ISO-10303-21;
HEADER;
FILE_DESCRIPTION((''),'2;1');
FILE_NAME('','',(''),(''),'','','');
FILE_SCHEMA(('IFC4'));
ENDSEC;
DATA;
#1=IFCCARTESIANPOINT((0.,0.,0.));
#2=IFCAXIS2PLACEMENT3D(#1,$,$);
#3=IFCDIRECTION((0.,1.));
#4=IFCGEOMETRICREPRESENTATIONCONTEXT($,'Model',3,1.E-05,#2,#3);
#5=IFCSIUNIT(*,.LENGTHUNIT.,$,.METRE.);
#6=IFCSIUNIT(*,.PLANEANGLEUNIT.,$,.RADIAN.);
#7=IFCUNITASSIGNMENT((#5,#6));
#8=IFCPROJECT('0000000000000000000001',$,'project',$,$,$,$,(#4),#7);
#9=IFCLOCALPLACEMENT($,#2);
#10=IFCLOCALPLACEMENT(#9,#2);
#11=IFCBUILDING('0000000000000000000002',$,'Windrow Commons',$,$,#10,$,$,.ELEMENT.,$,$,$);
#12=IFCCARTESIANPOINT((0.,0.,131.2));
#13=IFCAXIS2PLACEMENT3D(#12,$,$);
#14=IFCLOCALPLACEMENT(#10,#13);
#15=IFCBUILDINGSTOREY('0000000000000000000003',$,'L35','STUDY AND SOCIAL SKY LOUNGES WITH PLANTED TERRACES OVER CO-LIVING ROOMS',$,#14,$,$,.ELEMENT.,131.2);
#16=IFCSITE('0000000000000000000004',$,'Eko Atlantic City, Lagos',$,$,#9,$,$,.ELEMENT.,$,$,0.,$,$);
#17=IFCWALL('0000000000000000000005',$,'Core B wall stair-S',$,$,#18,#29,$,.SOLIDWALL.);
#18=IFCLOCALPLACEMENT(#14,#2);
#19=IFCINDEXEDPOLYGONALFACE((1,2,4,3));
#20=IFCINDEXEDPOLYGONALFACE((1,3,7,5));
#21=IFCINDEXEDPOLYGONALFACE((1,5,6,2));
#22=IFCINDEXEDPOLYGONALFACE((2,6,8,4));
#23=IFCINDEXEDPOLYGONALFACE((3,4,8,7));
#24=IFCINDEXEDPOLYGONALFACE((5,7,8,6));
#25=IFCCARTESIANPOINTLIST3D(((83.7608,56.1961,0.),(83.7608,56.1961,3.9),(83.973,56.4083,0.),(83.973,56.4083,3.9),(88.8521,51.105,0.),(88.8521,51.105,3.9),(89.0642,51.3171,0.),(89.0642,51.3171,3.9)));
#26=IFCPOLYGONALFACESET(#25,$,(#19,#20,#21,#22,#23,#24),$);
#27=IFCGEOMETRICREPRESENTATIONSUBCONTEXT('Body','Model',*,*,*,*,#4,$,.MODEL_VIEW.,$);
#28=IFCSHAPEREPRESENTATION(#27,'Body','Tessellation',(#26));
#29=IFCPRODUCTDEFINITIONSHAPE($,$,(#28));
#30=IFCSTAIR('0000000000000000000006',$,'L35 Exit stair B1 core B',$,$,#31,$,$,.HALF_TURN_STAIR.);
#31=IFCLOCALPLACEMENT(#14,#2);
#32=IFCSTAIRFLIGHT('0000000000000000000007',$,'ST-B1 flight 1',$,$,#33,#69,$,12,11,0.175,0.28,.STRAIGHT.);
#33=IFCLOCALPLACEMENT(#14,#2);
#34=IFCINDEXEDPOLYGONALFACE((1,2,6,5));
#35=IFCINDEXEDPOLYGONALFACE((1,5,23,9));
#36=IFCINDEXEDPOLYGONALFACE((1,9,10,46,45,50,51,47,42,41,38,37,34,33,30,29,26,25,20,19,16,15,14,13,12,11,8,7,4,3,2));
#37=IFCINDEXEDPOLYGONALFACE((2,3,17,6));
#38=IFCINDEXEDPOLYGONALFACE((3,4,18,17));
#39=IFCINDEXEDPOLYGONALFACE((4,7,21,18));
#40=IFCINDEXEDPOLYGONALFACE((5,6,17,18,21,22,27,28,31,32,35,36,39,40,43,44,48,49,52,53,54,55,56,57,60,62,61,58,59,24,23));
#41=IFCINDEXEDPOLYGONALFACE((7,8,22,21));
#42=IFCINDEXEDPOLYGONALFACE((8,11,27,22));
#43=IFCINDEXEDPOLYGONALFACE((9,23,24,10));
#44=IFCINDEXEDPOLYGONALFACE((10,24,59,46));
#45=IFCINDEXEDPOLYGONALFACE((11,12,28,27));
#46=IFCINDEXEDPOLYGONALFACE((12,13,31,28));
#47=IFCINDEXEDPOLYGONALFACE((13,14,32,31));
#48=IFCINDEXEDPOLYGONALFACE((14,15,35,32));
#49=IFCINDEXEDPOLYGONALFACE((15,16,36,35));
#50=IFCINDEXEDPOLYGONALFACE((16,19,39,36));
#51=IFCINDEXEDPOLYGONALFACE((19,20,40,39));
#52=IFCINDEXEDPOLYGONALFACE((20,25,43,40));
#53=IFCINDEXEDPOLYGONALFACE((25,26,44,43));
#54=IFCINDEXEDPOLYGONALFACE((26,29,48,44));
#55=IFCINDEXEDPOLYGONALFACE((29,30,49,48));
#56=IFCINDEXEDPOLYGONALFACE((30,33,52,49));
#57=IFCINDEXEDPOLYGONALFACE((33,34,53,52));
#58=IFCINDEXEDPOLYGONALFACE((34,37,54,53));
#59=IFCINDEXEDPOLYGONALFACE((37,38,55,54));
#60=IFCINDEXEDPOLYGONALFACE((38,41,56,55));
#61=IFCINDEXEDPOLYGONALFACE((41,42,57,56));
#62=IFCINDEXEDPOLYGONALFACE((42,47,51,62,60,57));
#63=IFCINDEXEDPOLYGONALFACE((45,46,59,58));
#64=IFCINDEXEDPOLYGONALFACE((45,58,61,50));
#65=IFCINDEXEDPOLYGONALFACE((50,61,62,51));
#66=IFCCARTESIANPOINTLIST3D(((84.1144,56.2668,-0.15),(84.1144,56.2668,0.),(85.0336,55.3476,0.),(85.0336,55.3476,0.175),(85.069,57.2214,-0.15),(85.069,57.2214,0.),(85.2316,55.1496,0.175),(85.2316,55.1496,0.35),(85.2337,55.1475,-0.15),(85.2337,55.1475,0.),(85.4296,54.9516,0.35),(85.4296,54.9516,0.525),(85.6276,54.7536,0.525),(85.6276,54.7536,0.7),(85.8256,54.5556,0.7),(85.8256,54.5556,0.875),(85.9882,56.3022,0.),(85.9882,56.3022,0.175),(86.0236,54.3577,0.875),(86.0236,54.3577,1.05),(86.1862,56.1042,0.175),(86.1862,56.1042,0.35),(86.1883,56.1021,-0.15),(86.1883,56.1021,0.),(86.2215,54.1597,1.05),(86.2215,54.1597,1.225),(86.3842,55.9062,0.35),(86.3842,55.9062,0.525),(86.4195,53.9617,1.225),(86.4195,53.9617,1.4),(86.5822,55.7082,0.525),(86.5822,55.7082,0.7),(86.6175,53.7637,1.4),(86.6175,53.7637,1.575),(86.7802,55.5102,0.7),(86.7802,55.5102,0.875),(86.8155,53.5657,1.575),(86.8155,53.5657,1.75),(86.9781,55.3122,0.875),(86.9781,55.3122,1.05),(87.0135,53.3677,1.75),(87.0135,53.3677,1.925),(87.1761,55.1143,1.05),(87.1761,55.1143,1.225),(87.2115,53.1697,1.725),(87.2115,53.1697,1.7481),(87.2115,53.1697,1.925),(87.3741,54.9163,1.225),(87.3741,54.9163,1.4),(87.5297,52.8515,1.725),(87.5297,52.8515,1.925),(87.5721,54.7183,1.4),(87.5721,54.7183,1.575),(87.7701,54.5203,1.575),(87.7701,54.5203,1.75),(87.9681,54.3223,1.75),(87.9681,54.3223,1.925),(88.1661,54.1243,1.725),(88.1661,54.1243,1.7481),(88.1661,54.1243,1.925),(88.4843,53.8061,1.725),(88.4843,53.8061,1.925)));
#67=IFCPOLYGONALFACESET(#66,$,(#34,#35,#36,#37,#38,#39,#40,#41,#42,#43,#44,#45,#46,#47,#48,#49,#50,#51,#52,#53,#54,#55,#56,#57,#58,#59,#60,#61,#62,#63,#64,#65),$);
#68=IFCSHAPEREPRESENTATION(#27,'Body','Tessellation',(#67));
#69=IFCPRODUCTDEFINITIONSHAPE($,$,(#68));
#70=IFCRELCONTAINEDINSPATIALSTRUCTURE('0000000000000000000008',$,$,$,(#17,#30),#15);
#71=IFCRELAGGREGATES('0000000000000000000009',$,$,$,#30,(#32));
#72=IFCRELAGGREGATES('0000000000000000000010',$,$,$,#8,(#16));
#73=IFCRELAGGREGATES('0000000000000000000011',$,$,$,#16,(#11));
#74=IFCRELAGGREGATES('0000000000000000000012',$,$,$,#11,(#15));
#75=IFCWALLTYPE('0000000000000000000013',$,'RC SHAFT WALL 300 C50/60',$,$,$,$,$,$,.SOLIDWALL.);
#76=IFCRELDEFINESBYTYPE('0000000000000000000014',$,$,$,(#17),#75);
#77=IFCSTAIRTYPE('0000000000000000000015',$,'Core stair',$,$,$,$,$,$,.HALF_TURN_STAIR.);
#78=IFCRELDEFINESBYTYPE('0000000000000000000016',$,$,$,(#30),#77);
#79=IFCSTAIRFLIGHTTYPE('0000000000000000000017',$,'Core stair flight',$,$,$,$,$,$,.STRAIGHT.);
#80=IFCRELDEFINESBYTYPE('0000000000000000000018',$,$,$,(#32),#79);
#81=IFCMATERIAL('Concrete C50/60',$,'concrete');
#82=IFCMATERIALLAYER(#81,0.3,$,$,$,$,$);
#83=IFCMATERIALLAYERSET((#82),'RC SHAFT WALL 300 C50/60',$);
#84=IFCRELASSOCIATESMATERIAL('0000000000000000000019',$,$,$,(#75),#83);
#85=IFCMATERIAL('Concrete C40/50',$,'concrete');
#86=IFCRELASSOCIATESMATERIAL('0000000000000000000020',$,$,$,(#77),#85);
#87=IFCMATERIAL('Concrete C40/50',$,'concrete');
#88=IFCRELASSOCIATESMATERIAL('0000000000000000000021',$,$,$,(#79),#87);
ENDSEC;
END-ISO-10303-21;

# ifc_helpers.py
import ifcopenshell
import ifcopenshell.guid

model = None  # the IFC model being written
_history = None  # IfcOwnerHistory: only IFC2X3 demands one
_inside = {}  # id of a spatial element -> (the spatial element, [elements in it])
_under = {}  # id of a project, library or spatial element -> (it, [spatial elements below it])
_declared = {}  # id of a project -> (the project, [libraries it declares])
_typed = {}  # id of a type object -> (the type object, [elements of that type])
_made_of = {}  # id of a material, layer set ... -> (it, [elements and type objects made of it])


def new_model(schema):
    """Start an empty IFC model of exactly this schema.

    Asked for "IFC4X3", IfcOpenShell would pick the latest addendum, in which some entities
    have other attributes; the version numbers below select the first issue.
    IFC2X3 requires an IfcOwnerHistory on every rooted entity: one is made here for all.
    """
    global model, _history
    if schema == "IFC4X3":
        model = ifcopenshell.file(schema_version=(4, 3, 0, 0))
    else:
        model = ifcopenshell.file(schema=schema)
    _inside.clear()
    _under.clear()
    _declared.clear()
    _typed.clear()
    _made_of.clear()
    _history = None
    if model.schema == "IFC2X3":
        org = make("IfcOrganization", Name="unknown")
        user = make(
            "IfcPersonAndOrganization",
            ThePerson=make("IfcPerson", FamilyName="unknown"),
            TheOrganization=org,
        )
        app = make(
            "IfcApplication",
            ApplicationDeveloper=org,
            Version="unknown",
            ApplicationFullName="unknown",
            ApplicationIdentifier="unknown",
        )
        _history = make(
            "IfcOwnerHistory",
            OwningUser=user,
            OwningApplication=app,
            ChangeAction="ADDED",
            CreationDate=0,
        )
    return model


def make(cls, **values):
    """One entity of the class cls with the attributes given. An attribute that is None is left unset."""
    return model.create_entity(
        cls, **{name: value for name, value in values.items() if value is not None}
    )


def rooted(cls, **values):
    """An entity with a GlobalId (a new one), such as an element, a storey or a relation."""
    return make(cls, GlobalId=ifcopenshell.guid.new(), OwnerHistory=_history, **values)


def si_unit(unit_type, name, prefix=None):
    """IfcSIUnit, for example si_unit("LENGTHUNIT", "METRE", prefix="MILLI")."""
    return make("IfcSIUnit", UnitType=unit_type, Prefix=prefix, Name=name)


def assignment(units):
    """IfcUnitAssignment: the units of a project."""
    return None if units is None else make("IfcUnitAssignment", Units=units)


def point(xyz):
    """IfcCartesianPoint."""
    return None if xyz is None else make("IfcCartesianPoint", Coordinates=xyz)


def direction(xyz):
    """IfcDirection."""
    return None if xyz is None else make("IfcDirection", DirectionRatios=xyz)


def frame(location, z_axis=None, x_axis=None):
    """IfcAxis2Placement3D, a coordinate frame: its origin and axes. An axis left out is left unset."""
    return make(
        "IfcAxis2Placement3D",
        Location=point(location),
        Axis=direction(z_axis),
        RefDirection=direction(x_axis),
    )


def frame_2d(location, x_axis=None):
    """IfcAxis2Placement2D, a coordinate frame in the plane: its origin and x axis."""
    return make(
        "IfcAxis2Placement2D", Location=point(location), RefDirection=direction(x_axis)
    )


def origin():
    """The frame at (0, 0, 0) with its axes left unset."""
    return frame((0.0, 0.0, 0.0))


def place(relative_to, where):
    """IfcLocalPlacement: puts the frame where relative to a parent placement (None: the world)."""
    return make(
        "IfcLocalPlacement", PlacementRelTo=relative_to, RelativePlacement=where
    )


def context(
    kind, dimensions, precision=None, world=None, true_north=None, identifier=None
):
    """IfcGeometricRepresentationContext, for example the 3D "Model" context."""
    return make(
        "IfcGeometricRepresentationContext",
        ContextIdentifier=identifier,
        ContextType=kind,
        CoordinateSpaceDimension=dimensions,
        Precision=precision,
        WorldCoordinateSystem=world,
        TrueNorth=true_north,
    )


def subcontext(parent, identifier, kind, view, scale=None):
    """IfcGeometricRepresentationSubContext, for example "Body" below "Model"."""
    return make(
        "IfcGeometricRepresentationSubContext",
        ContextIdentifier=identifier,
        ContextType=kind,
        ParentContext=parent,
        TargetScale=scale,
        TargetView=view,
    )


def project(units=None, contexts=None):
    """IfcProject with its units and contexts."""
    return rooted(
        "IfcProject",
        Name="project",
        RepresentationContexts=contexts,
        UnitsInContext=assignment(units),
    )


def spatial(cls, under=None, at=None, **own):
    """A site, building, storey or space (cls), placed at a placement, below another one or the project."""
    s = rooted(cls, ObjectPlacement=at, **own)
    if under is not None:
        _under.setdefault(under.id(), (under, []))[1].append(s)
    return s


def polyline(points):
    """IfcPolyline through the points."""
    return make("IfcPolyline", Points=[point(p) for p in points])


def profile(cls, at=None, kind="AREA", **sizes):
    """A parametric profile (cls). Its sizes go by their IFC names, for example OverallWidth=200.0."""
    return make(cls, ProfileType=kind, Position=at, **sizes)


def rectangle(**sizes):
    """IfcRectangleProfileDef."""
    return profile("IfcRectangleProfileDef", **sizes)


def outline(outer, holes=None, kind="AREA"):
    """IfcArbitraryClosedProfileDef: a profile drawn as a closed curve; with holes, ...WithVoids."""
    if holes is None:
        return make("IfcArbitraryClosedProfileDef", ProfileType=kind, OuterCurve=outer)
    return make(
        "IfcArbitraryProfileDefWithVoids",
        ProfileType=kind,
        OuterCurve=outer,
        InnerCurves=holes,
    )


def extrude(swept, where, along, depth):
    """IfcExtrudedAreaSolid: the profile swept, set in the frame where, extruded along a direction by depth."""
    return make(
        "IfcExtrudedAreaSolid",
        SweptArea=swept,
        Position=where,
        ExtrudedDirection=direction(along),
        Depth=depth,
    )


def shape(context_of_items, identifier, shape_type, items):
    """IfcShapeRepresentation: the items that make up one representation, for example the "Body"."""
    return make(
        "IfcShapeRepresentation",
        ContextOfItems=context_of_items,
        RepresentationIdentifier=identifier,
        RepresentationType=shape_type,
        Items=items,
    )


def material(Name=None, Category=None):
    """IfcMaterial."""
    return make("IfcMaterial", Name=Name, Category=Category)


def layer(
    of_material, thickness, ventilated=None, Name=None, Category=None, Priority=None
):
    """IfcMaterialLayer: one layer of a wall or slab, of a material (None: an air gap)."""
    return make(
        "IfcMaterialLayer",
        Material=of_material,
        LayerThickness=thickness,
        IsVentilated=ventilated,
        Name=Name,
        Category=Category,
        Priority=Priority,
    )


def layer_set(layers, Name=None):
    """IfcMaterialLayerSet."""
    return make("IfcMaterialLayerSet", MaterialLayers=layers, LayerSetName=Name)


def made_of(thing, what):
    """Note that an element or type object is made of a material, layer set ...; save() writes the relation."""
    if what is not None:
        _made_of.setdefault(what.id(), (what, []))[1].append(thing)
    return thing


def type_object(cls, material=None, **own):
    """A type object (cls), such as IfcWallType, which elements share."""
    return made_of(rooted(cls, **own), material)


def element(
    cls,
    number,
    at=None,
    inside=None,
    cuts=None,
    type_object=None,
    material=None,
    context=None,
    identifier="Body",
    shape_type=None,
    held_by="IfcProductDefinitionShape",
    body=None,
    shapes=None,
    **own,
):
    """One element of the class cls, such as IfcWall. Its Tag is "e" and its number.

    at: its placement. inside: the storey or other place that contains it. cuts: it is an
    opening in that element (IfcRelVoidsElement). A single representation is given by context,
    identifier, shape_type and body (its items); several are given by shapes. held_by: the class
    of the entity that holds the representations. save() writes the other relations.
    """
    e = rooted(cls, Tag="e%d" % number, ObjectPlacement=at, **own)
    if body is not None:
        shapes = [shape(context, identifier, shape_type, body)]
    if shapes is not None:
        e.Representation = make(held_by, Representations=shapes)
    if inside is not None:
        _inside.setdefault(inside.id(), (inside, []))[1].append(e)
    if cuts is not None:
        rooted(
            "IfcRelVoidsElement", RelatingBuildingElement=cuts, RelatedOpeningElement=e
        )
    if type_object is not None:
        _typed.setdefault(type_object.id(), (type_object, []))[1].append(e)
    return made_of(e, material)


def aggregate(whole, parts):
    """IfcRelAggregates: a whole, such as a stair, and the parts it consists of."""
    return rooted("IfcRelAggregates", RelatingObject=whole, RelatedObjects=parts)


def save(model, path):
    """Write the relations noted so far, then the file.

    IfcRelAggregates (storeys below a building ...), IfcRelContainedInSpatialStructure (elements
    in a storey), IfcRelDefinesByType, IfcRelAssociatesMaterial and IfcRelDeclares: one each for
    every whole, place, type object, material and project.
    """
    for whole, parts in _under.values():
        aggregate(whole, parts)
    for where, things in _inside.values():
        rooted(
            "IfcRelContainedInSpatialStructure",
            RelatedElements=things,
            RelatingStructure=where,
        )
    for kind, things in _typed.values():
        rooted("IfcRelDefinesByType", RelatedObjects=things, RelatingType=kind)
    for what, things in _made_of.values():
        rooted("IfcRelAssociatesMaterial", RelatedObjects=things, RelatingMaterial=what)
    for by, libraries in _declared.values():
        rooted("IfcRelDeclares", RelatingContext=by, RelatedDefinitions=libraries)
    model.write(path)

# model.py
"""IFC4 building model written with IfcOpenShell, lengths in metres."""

from ifc_helpers import new_model, si_unit, direction, frame, frame_2d, origin, place, context, subcontext, project, spatial, polyline, rectangle, outline, extrude, material, layer, layer_set, type_object, element, aggregate, save


model = new_model("IFC4")

# Units and contexts
model_context = context("Model", 3, precision=1e-05, world=origin(), true_north=direction((0.0, 1.0)))
body_context = subcontext(model_context, "Body", "Model", "MODEL_VIEW")
ifc_project = project(units=[si_unit("LENGTHUNIT", "METRE"), si_unit("PLANEANGLEUNIT", "RADIAN")], contexts=[model_context])

# Site, building, storey
site_placement = place(None, origin())
site = spatial("IfcSite", under=ifc_project, at=site_placement, Name="Eko Atlantic City, Lagos", CompositionType="ELEMENT", RefElevation=0.0)
building_placement = place(site_placement, origin())
building = spatial("IfcBuilding", under=site, at=building_placement, Name="Windrow Commons", CompositionType="ELEMENT")
storey_placement = place(building_placement, frame((0.0, 0.0, 131.2)))
storey = spatial("IfcBuildingStorey", under=building, at=storey_placement, Name="L35", Description="STUDY AND SOCIAL SKY LOUNGES WITH PLANTED TERRACES OVER CO-LIVING ROOMS", CompositionType="ELEMENT", Elevation=131.2)

# Shared definitions
placement = place(storey_placement, origin())

# Shared definitions
ifc_material_1 = material(Name="Concrete C50/60", Category="concrete")
ifc_layer_1 = layer(ifc_material_1, 0.3)
ifc_layer_set_1 = layer_set([ifc_layer_1], Name="RC SHAFT WALL 300 C50/60")
wall_type_1 = type_object("IfcWallType", Name="RC SHAFT WALL 300 C50/60", PredefinedType="SOLIDWALL", material=ifc_layer_set_1)

# Wall
wall_1_placement = place(storey_placement, frame((83.8669, 56.3022, 0.0), z_axis=(0.0, 0.0, 1.0), x_axis=(0.707114, -0.7071, 0.0)))
element("IfcWall", 1, at=wall_1_placement, inside=storey, type_object=wall_type_1, Name="Core B wall stair-S", PredefinedType="SOLIDWALL", context=body_context, shape_type="SweptSolid", body=[
    extrude(rectangle(XDim=7.2, YDim=0.3, at=frame_2d((3.6, 0.0))), origin(), (0.0, 0.0, 1.0), 3.9),
])

# Stair, stair flight
ifc_material_2 = material(Name="Concrete C40/50", Category="concrete")
stair_type = type_object("IfcStairType", Name="Core stair", PredefinedType="HALF_TURN_STAIR", material=ifc_material_2)
stair = element("IfcStair", 2, at=placement, inside=storey, type_object=stair_type, Name="L35 Exit stair B1 core B", PredefinedType="HALF_TURN_STAIR")
ifc_material_3 = material(Name="Concrete C40/50", Category="concrete")
stair_flight_type = type_object("IfcStairFlightType", Name="Core stair flight", PredefinedType="STRAIGHT", material=ifc_material_3)
stair_flight_placement = place(storey_placement, frame((85.5109, 55.8249, 0.0), z_axis=(0.0, 0.0, 1.0), x_axis=(0.707107, -0.707107, 0.0)))
stair_flight = element("IfcStairFlight", 3, at=stair_flight_placement, type_object=stair_flight_type, Name="ST-B1 flight 1", NumberOfRisers=12, NumberOfTreads=11, PredefinedType="STRAIGHT", RiserHeight=0.175, TreadLength=0.28, context=body_context, shape_type="SweptSolid", body=[
    extrude(outline(polyline([(-1.3, -0.15), (-1.3, 0.0), (0.0, 0.0), (0.0, 0.175), (0.28, 0.175), (0.28, 0.35), (0.56, 0.35), (0.56, 0.525), (0.84, 0.525), (0.84, 0.7), (1.12, 0.7), (1.12, 0.875), (1.4, 0.875), (1.4, 1.05), (1.68, 1.05), (1.68, 1.225), (1.96, 1.225), (1.96, 1.4), (2.24, 1.4), (2.24, 1.575), (2.52, 1.575), (2.52, 1.75), (2.8, 1.75), (2.8, 1.925), (3.08, 1.925), (3.53, 1.925), (3.53, 1.725), (3.08, 1.725), (3.08, 1.7481), (0.283, 0.0), (0.283, -0.15), (-1.3, -0.15)])), frame((0.0, 0.675, 0.0), z_axis=(0.0, -1.0, 0.0), x_axis=(1.0, 0.0, 0.0)), (0.0, 0.0, 1.0), 1.35),
])
aggregate(stair, [stair_flight])

save(model, "model.ifc")
